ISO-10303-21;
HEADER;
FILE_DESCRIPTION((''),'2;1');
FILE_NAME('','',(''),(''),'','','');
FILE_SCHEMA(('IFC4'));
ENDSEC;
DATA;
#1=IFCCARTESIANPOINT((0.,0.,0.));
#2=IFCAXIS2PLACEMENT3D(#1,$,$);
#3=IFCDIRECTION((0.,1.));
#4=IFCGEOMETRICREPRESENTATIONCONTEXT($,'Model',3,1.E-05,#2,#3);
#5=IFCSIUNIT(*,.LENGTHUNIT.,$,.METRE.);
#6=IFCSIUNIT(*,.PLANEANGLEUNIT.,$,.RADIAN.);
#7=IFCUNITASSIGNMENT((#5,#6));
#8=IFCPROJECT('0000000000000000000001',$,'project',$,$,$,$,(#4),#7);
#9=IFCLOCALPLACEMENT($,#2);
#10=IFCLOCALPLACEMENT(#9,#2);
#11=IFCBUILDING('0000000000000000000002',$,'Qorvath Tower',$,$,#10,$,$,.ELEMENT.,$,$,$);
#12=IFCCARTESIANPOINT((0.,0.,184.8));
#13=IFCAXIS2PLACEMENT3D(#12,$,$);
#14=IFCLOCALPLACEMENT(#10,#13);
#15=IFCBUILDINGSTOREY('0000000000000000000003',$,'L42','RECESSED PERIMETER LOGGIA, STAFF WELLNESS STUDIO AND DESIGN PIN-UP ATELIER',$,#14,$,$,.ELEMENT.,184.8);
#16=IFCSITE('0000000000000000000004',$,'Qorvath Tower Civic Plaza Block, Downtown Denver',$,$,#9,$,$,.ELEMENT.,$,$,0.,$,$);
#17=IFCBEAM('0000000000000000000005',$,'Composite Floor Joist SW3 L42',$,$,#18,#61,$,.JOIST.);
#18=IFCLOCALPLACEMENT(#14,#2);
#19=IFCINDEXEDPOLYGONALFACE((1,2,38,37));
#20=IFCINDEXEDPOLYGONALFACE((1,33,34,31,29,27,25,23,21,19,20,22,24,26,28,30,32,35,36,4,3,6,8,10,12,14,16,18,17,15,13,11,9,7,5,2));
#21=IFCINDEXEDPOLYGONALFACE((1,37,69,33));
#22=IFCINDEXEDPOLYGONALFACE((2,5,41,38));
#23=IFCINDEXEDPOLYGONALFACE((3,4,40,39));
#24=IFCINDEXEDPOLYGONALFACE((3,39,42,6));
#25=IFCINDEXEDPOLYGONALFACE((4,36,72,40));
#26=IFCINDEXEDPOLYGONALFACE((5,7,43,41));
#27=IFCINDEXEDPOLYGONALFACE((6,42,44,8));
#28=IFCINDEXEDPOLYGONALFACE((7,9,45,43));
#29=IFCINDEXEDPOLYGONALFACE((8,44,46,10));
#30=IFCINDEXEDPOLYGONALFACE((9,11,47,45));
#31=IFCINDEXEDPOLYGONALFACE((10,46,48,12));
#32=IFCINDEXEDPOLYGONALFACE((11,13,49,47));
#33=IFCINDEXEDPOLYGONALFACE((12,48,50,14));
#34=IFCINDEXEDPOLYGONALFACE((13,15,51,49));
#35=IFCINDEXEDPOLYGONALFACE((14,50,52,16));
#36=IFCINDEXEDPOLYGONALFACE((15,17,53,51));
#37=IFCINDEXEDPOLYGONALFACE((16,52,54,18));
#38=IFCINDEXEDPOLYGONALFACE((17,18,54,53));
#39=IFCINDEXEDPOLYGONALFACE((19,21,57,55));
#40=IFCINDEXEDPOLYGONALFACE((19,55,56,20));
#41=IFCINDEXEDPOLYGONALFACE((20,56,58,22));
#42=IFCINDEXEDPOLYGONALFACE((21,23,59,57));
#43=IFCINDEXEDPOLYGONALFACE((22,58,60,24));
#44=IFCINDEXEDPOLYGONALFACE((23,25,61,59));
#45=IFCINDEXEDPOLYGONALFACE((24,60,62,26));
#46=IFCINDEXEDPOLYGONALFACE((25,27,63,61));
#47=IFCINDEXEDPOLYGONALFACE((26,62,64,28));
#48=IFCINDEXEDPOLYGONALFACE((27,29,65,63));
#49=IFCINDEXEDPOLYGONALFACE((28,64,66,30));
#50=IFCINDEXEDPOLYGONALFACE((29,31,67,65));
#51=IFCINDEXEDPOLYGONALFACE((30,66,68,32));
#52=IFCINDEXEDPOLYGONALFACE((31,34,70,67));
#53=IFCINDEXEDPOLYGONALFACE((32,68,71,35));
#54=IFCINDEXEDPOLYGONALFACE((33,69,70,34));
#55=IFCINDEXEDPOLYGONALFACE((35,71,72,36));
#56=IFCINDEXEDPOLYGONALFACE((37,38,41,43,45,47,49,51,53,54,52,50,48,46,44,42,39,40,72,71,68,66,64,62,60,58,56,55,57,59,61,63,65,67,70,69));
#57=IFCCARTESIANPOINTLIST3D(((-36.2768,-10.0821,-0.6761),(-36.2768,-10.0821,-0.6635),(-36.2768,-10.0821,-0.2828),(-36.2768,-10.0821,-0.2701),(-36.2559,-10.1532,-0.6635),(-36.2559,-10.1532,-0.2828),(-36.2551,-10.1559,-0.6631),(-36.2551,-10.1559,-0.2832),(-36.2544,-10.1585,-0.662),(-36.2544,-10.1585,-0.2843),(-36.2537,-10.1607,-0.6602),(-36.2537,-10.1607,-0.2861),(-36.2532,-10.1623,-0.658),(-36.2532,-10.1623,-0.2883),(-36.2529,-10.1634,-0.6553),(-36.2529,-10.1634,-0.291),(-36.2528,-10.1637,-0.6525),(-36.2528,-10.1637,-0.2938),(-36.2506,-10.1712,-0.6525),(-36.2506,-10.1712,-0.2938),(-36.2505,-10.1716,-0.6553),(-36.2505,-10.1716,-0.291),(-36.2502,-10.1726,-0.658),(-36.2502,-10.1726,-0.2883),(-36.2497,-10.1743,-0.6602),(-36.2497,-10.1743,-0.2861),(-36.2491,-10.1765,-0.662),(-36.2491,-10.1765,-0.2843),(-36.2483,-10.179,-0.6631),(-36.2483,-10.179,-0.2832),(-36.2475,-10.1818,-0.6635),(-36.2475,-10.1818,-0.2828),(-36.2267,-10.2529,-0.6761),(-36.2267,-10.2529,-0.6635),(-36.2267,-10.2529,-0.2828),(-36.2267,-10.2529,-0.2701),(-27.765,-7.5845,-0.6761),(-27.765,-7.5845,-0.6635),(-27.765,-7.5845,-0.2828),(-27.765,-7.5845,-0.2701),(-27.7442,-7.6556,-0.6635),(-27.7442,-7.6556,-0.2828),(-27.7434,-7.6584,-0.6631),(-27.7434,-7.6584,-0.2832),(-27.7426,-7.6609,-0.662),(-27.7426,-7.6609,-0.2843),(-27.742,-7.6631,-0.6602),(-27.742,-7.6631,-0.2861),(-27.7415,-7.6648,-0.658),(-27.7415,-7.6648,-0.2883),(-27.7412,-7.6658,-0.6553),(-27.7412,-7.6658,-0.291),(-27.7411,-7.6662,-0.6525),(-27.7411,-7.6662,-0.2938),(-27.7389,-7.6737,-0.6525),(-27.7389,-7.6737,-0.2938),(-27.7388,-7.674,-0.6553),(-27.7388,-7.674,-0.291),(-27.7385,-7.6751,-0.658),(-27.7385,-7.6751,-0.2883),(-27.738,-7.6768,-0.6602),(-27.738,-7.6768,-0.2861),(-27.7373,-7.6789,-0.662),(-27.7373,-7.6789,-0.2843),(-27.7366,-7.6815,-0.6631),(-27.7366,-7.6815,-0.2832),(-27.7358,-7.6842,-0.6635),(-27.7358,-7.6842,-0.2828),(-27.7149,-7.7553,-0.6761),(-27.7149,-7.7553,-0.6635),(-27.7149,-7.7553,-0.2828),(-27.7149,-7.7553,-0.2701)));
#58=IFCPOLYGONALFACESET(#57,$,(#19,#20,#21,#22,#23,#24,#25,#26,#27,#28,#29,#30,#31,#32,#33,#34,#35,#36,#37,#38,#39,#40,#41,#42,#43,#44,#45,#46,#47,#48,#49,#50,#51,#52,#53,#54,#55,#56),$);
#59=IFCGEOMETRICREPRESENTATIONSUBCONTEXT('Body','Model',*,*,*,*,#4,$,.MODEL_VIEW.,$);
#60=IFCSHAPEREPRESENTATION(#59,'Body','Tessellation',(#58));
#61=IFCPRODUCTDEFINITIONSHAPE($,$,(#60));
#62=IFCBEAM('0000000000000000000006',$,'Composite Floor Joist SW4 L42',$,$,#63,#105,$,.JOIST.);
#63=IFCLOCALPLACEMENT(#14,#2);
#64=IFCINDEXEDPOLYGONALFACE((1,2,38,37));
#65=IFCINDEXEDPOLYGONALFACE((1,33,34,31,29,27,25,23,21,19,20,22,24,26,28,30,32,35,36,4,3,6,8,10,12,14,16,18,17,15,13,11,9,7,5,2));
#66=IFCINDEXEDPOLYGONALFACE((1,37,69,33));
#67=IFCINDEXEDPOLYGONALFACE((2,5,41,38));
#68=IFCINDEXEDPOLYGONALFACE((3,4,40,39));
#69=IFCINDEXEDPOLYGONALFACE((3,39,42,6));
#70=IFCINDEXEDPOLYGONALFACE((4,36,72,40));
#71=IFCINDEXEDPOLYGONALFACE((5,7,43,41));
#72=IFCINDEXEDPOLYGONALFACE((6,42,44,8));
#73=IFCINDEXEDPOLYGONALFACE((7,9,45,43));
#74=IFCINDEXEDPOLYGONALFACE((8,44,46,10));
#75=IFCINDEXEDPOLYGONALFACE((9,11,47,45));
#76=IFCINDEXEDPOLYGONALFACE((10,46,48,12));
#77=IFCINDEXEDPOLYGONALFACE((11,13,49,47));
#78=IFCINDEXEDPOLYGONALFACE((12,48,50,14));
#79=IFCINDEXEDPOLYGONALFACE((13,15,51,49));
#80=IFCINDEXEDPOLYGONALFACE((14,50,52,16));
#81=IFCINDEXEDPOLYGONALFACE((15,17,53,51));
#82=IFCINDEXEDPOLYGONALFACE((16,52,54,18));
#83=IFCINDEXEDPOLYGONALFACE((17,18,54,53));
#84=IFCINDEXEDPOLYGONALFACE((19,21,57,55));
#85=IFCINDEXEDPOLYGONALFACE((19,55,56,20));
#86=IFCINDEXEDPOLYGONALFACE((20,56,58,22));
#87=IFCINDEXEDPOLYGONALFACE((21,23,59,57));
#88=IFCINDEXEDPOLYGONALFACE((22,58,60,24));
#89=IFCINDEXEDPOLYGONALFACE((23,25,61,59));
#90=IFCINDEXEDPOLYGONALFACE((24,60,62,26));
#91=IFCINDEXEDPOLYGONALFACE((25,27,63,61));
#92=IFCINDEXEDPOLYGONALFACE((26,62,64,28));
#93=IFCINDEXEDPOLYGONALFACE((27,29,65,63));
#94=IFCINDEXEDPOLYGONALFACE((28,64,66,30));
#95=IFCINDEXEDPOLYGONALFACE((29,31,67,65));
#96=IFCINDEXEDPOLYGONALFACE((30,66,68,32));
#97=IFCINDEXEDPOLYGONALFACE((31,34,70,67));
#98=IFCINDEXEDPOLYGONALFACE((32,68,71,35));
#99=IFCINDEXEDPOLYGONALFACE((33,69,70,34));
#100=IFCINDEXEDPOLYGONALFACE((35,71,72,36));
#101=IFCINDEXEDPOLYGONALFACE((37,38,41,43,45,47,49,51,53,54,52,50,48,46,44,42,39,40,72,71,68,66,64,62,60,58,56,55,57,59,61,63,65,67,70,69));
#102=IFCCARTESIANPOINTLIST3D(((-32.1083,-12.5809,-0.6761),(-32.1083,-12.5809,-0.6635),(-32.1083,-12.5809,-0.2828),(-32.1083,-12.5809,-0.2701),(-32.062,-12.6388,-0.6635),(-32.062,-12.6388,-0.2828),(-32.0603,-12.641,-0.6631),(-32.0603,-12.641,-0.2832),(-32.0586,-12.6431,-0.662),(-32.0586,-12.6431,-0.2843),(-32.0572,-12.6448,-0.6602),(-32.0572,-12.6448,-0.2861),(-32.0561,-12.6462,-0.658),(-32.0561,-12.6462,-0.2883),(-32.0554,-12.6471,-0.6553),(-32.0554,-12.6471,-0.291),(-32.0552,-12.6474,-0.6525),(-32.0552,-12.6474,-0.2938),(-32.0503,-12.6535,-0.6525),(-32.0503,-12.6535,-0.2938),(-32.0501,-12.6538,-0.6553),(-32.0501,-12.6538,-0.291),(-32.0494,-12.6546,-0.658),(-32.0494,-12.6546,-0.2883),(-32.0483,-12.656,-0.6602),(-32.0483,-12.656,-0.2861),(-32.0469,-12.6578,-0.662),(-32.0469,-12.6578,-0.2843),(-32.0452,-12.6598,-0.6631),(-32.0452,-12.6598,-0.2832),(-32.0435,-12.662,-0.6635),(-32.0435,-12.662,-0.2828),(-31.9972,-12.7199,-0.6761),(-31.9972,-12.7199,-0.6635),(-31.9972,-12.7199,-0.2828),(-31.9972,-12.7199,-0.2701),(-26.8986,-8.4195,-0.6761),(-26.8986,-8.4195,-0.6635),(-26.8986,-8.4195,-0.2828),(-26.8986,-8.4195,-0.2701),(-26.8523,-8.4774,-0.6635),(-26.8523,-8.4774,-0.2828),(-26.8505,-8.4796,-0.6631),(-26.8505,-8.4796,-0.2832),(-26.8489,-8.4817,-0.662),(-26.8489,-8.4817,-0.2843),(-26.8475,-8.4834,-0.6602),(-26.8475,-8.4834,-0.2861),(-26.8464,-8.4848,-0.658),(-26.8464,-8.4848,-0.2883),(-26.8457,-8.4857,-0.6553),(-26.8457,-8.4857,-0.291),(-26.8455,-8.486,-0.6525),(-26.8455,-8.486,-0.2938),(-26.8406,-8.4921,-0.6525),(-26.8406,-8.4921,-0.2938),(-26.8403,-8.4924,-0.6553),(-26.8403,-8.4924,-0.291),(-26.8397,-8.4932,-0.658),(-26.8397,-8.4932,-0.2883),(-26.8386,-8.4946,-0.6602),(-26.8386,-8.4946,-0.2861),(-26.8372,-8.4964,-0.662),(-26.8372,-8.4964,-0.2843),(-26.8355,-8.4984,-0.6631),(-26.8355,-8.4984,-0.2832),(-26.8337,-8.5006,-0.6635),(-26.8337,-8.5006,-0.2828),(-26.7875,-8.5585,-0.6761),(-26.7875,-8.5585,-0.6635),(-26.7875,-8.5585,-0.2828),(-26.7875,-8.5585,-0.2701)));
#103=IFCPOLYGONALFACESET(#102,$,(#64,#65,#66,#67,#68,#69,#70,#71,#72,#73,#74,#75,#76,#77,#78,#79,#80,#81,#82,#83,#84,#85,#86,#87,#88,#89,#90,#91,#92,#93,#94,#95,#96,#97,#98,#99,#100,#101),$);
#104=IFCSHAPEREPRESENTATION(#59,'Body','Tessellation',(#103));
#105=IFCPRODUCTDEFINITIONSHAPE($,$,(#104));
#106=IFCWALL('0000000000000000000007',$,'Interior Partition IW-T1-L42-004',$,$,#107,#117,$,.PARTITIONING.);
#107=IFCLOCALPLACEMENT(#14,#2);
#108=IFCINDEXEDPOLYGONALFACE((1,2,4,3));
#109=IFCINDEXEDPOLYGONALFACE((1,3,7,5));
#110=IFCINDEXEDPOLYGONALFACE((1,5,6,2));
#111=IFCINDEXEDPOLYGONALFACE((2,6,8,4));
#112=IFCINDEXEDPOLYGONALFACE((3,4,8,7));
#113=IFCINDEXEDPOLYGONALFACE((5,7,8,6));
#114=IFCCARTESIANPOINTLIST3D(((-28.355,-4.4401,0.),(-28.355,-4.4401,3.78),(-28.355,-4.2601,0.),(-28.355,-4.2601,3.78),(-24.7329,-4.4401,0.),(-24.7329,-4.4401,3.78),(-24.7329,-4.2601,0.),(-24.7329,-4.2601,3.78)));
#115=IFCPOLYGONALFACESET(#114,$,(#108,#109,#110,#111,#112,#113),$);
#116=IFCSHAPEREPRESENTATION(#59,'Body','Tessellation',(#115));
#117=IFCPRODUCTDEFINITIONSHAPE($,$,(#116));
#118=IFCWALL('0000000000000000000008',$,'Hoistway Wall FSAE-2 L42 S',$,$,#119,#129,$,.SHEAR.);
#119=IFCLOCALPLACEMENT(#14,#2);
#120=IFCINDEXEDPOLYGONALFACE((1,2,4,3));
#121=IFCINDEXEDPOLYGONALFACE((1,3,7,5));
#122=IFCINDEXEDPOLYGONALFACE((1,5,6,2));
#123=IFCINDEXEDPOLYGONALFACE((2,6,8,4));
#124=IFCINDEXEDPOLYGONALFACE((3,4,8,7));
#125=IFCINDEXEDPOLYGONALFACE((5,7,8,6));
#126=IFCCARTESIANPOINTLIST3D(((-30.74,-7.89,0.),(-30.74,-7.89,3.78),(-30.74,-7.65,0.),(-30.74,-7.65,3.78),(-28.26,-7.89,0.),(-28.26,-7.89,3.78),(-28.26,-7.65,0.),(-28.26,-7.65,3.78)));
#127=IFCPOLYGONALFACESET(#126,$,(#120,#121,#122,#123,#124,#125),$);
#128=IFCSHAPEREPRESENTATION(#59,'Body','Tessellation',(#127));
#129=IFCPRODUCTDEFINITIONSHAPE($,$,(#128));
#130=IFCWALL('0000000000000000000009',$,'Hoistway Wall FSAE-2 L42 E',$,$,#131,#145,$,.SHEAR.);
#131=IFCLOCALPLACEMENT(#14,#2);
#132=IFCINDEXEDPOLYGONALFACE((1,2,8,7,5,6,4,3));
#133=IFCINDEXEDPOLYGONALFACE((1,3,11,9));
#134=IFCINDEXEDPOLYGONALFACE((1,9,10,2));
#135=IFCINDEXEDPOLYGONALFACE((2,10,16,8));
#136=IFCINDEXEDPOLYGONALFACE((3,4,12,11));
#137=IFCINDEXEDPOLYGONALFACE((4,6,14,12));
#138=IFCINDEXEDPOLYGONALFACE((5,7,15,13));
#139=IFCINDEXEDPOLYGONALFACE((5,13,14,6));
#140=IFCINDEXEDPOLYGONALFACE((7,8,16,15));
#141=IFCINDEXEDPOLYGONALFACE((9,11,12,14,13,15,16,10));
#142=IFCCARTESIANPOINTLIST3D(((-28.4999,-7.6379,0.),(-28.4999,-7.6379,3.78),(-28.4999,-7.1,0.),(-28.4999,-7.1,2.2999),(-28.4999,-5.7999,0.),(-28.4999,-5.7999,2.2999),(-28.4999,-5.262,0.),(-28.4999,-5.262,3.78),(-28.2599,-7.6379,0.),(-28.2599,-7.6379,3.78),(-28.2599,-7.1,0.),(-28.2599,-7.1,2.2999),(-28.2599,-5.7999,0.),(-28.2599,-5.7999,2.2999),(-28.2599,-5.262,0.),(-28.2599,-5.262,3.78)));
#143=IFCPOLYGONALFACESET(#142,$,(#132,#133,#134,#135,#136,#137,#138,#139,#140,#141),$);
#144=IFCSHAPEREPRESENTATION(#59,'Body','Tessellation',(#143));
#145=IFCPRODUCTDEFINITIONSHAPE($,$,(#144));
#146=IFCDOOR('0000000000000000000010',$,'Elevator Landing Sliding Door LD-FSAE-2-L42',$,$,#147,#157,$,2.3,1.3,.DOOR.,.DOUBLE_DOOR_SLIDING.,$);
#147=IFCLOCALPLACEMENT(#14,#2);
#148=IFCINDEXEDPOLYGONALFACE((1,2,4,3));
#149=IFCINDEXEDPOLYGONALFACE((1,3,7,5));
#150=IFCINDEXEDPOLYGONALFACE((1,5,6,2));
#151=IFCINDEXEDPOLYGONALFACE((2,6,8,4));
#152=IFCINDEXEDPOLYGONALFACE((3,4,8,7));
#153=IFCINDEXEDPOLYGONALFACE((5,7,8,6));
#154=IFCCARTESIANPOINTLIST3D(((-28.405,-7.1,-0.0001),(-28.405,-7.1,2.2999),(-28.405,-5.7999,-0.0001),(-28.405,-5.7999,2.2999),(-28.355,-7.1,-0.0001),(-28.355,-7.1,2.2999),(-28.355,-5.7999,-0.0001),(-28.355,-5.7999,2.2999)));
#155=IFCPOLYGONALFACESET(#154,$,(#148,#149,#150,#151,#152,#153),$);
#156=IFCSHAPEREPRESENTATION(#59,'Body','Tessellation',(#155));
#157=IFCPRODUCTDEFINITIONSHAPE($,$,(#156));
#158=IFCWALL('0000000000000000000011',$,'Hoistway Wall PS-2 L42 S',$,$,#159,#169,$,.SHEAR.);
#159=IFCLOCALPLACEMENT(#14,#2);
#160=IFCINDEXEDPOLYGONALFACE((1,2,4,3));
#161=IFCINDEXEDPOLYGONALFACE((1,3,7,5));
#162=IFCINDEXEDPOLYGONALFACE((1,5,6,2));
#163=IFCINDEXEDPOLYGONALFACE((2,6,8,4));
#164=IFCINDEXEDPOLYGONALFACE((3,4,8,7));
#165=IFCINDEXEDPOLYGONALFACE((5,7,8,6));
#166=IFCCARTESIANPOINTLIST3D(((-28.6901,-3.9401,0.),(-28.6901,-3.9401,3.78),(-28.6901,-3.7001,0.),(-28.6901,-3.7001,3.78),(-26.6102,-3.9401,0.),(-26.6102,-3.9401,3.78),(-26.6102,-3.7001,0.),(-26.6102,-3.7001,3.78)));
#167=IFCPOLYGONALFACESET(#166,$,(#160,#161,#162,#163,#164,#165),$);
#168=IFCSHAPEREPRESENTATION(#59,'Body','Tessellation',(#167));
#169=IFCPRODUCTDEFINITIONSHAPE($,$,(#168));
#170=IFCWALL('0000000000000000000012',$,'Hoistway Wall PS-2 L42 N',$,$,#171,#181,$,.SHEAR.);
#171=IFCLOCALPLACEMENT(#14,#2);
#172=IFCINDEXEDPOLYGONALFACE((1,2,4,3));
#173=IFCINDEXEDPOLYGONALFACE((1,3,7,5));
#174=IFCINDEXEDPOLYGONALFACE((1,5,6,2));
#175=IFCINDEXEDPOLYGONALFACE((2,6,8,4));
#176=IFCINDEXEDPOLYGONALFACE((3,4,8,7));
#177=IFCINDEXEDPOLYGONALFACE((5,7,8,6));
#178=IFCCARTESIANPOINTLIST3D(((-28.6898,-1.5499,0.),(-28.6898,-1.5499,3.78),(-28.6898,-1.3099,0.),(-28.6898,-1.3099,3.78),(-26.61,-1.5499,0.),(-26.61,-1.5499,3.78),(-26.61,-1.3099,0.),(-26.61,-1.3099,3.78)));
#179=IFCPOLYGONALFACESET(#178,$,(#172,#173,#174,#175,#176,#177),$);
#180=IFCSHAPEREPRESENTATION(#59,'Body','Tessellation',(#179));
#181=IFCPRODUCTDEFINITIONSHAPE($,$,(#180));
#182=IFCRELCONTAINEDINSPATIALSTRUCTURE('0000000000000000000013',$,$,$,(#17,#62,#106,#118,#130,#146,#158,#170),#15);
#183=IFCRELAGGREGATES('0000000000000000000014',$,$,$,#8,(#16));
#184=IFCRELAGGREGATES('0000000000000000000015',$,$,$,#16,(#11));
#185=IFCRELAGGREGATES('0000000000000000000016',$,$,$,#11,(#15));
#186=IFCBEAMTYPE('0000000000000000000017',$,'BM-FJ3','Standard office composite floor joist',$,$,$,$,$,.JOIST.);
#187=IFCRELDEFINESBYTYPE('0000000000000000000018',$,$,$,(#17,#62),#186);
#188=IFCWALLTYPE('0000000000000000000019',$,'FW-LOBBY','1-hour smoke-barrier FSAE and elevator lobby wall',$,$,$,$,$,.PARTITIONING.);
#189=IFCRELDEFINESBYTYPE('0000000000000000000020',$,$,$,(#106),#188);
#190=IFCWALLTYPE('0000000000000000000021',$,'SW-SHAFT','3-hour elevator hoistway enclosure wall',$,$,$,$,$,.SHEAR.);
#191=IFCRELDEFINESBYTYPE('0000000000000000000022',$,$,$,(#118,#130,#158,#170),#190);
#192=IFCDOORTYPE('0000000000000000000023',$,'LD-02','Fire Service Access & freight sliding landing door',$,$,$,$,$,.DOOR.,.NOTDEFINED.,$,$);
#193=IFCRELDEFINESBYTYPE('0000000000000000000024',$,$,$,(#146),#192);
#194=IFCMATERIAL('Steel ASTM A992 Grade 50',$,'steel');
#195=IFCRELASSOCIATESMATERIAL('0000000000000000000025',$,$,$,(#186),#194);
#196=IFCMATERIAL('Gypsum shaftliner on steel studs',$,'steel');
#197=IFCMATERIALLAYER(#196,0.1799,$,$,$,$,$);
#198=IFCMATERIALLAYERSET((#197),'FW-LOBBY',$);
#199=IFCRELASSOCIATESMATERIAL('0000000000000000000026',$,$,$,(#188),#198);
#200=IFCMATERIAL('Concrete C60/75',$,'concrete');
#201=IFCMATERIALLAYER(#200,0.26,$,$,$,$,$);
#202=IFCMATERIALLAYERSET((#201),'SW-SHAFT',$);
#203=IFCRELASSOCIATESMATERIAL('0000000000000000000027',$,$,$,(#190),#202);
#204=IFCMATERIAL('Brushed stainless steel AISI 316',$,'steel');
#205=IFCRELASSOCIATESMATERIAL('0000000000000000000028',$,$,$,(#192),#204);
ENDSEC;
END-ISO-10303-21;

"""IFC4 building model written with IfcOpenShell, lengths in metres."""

from ifc_helpers import new_model, si_unit, direction, frame, frame_2d, origin, origin_2d, place, context, subcontext, project, spatial, rectangle, i_section, extrude, material, layer, layer_set, material_profile, profile_set, type_object, element, fill, save


model = new_model("IFC4")

# Units and contexts
model_context = context("Model", 3, precision=1e-05, world=origin(), true_north=direction((0.0, 1.0)))
body_context = subcontext(model_context, "Body", "Model", "MODEL_VIEW")
ifc_project = project(units=[si_unit("LENGTHUNIT", "METRE"), si_unit("PLANEANGLEUNIT", "RADIAN")], contexts=[model_context])

# Site, building, storey
site_placement = place(None, origin())
site = spatial("IfcSite", under=ifc_project, at=site_placement, Name="Qorvath Tower Civic Plaza Block, Downtown Denver", CompositionType="ELEMENT", RefElevation=0.0)
building_placement = place(site_placement, origin())
building = spatial("IfcBuilding", under=site, at=building_placement, Name="Qorvath Tower", CompositionType="ELEMENT")
storey_placement = place(building_placement, frame((0.0, 0.0, 184.8)))
storey = spatial("IfcBuildingStorey", under=building, at=storey_placement, Name="L42", Description="RECESSED PERIMETER LOGGIA, STAFF WELLNESS STUDIO AND DESIGN PIN-UP ATELIER", CompositionType="ELEMENT", Elevation=184.8)

# Beams
ifc_material_1 = material(Name="Steel ASTM A992 Grade 50", Category="steel")
ifc_material_profile_1 = material_profile(ifc_material_1, i_section(OverallWidth=0.178, OverallDepth=0.406, WebThickness=0.0078, FlangeThickness=0.0127, FilletRadius=0.011, at=origin_2d()), Name="W16x40")
ifc_profile_set_1 = profile_set([ifc_material_profile_1], Name="Steel ASTM A992 Grade 50")
beam_type_1 = type_object("IfcBeamType", Name="BM-FJ3", Description="Standard office composite floor joist", PredefinedType="JOIST", material=ifc_profile_set_1)
beam_1_placement = place(storey_placement, frame((-27.74, -7.6699, -0.4731), z_axis=(-0.959545, -0.281555, 0.0), x_axis=(0.281555, -0.959545, 0.0)))
element("IfcBeam", 1, at=beam_1_placement, inside=storey, type_object=beam_type_1, Name="Composite Floor Joist SW3 L42", PredefinedType="JOIST", context=body_context, shape_type="SweptSolid", body=[
    extrude(i_section(OverallWidth=0.178, OverallDepth=0.406, WebThickness=0.0078, FlangeThickness=0.0127, FilletRadius=0.011, at=origin_2d()), origin(), (0.0, 0.0, 1.0), 8.8706),
])
beam_2_placement = place(storey_placement, frame((-26.843, -8.489, -0.4731), z_axis=(-0.781337, -0.62411, 0.0), x_axis=(0.62411, -0.781337, 0.0)))
element("IfcBeam", 2, at=beam_2_placement, inside=storey, type_object=beam_type_1, Name="Composite Floor Joist SW4 L42", PredefinedType="JOIST", context=body_context, shape_type="SweptSolid", body=[
    extrude(i_section(OverallWidth=0.178, OverallDepth=0.406, WebThickness=0.0078, FlangeThickness=0.0127, FilletRadius=0.011, at=origin_2d()), origin(), (0.0, 0.0, 1.0), 6.6677),
])

# Shared definitions
ifc_material_2 = material(Name="Gypsum shaftliner on steel studs", Category="steel")
ifc_layer_1 = layer(ifc_material_2, 0.1799)
ifc_layer_set_1 = layer_set([ifc_layer_1], Name="FW-LOBBY")
wall_type_1 = type_object("IfcWallType", Name="FW-LOBBY", Description="1-hour smoke-barrier FSAE and elevator lobby wall", PredefinedType="PARTITIONING", material=ifc_layer_set_1)

# Walls
wall_1_placement = place(storey_placement, frame((-24.7329, -4.3501, 0.0), z_axis=(0.0, 0.0, 1.0), x_axis=(-1.0, 0.0, 0.0)))
element("IfcWall", 3, at=wall_1_placement, inside=storey, type_object=wall_type_1, Name="Interior Partition IW-T1-L42-004", PredefinedType="PARTITIONING", context=body_context, shape_type="SweptSolid", body=[
    extrude(rectangle(XDim=3.6221, YDim=0.1799, at=frame_2d((1.811, 0.0))), origin(), (0.0, 0.0, 1.0), 3.78),
])
ifc_material_3 = material(Name="Concrete C60/75", Category="concrete")
ifc_layer_2 = layer(ifc_material_3, 0.26)
ifc_layer_set_2 = layer_set([ifc_layer_2], Name="SW-SHAFT")
wall_type_2 = type_object("IfcWallType", Name="SW-SHAFT", Description="3-hour elevator hoistway enclosure wall", PredefinedType="SHEAR", material=ifc_layer_set_2)
wall_2_placement = place(storey_placement, frame((-28.26, -7.77, 0.0), z_axis=(0.0, 0.0, 1.0), x_axis=(-1.0, 0.0, 0.0)))
element("IfcWall", 4, at=wall_2_placement, inside=storey, type_object=wall_type_2, Name="Hoistway Wall FSAE-2 L42 S", PredefinedType="SHEAR", context=body_context, shape_type="SweptSolid", body=[
    extrude(rectangle(XDim=2.48, YDim=0.24, at=frame_2d((1.24, 0.0))), origin(), (0.0, 0.0, 1.0), 3.78),
])

# Wall, opening, door
wall_3_placement = place(storey_placement, frame((-28.3799, -5.262, 0.0), z_axis=(0.0, 0.0, 1.0), x_axis=(0.0, -1.0, 0.0)))
wall_3 = element("IfcWall", 5, at=wall_3_placement, inside=storey, type_object=wall_type_2, Name="Hoistway Wall FSAE-2 L42 E", PredefinedType="SHEAR", context=body_context, shape_type="SweptSolid", body=[
    extrude(rectangle(XDim=2.376, YDim=0.24, at=frame_2d((1.188, 0.0))), origin(), (0.0, 0.0, 1.0), 3.78),
])
opening_1_placement = place(wall_3_placement, frame((0.5381, 0.0, 0.0)))
opening_1 = element("IfcOpeningElement", 6, at=opening_1_placement, cuts=wall_3, PredefinedType="OPENING", context=body_context, shape_type="SweptSolid", body=[
    extrude(rectangle(XDim=1.3, YDim=2.3, at=frame_2d((0.6499, 1.1499))), frame((0.0, 0.1299, 0.0), z_axis=(0.0, -1.0, 0.0), x_axis=(1.0, 0.0, 0.0)), (0.0, 0.0, 1.0), 0.26),
])
ifc_material_4 = material(Name="Brushed stainless steel AISI 316", Category="steel")
door_type_1 = type_object("IfcDoorType", Name="LD-02", Description="Fire Service Access & freight sliding landing door", OperationType="NOTDEFINED", PredefinedType="DOOR", material=ifc_material_4)
door_1_placement = place(opening_1_placement, origin())
door_1 = element("IfcDoor", 7, at=door_1_placement, inside=storey, type_object=door_type_1, Name="Elevator Landing Sliding Door LD-FSAE-2-L42", OperationType="DOUBLE_DOOR_SLIDING", OverallHeight=2.3, OverallWidth=1.3, PredefinedType="DOOR", context=body_context, shape_type="SweptSolid", body=[
    extrude(rectangle(XDim=1.3, YDim=2.3, at=frame_2d((0.6499, 1.1499))), frame((0.0, 0.0249, 0.0), z_axis=(0.0, -1.0, 0.0), x_axis=(1.0, 0.0, 0.0)), (0.0, 0.0, 1.0), 0.05),
])
fill(opening_1, door_1)

# Walls
for number, where, z_axis, x_axis, name in (
    (8, (-26.6101, -3.8201, 0.0), (0.0, 0.0, 1.0), (-1.0, 0.0, 0.0), "Hoistway Wall PS-2 L42 S"),
    (9, (-28.6899, -1.4299, 0.0), (0.0, 0.0, 1.0), (1.0, 0.0, 0.0), "Hoistway Wall PS-2 L42 N"),
):
    element("IfcWall", number, at=place(storey_placement, frame(where, z_axis=z_axis, x_axis=x_axis)), inside=storey, type_object=wall_type_2, Name=name, PredefinedType="SHEAR", context=body_context, shape_type="SweptSolid", body=[
        extrude(rectangle(XDim=2.0798, YDim=0.24, at=frame_2d((1.04, 0.0))), origin(), (0.0, 0.0, 1.0), 3.78),
    ])

save(model, "model.ifc")
